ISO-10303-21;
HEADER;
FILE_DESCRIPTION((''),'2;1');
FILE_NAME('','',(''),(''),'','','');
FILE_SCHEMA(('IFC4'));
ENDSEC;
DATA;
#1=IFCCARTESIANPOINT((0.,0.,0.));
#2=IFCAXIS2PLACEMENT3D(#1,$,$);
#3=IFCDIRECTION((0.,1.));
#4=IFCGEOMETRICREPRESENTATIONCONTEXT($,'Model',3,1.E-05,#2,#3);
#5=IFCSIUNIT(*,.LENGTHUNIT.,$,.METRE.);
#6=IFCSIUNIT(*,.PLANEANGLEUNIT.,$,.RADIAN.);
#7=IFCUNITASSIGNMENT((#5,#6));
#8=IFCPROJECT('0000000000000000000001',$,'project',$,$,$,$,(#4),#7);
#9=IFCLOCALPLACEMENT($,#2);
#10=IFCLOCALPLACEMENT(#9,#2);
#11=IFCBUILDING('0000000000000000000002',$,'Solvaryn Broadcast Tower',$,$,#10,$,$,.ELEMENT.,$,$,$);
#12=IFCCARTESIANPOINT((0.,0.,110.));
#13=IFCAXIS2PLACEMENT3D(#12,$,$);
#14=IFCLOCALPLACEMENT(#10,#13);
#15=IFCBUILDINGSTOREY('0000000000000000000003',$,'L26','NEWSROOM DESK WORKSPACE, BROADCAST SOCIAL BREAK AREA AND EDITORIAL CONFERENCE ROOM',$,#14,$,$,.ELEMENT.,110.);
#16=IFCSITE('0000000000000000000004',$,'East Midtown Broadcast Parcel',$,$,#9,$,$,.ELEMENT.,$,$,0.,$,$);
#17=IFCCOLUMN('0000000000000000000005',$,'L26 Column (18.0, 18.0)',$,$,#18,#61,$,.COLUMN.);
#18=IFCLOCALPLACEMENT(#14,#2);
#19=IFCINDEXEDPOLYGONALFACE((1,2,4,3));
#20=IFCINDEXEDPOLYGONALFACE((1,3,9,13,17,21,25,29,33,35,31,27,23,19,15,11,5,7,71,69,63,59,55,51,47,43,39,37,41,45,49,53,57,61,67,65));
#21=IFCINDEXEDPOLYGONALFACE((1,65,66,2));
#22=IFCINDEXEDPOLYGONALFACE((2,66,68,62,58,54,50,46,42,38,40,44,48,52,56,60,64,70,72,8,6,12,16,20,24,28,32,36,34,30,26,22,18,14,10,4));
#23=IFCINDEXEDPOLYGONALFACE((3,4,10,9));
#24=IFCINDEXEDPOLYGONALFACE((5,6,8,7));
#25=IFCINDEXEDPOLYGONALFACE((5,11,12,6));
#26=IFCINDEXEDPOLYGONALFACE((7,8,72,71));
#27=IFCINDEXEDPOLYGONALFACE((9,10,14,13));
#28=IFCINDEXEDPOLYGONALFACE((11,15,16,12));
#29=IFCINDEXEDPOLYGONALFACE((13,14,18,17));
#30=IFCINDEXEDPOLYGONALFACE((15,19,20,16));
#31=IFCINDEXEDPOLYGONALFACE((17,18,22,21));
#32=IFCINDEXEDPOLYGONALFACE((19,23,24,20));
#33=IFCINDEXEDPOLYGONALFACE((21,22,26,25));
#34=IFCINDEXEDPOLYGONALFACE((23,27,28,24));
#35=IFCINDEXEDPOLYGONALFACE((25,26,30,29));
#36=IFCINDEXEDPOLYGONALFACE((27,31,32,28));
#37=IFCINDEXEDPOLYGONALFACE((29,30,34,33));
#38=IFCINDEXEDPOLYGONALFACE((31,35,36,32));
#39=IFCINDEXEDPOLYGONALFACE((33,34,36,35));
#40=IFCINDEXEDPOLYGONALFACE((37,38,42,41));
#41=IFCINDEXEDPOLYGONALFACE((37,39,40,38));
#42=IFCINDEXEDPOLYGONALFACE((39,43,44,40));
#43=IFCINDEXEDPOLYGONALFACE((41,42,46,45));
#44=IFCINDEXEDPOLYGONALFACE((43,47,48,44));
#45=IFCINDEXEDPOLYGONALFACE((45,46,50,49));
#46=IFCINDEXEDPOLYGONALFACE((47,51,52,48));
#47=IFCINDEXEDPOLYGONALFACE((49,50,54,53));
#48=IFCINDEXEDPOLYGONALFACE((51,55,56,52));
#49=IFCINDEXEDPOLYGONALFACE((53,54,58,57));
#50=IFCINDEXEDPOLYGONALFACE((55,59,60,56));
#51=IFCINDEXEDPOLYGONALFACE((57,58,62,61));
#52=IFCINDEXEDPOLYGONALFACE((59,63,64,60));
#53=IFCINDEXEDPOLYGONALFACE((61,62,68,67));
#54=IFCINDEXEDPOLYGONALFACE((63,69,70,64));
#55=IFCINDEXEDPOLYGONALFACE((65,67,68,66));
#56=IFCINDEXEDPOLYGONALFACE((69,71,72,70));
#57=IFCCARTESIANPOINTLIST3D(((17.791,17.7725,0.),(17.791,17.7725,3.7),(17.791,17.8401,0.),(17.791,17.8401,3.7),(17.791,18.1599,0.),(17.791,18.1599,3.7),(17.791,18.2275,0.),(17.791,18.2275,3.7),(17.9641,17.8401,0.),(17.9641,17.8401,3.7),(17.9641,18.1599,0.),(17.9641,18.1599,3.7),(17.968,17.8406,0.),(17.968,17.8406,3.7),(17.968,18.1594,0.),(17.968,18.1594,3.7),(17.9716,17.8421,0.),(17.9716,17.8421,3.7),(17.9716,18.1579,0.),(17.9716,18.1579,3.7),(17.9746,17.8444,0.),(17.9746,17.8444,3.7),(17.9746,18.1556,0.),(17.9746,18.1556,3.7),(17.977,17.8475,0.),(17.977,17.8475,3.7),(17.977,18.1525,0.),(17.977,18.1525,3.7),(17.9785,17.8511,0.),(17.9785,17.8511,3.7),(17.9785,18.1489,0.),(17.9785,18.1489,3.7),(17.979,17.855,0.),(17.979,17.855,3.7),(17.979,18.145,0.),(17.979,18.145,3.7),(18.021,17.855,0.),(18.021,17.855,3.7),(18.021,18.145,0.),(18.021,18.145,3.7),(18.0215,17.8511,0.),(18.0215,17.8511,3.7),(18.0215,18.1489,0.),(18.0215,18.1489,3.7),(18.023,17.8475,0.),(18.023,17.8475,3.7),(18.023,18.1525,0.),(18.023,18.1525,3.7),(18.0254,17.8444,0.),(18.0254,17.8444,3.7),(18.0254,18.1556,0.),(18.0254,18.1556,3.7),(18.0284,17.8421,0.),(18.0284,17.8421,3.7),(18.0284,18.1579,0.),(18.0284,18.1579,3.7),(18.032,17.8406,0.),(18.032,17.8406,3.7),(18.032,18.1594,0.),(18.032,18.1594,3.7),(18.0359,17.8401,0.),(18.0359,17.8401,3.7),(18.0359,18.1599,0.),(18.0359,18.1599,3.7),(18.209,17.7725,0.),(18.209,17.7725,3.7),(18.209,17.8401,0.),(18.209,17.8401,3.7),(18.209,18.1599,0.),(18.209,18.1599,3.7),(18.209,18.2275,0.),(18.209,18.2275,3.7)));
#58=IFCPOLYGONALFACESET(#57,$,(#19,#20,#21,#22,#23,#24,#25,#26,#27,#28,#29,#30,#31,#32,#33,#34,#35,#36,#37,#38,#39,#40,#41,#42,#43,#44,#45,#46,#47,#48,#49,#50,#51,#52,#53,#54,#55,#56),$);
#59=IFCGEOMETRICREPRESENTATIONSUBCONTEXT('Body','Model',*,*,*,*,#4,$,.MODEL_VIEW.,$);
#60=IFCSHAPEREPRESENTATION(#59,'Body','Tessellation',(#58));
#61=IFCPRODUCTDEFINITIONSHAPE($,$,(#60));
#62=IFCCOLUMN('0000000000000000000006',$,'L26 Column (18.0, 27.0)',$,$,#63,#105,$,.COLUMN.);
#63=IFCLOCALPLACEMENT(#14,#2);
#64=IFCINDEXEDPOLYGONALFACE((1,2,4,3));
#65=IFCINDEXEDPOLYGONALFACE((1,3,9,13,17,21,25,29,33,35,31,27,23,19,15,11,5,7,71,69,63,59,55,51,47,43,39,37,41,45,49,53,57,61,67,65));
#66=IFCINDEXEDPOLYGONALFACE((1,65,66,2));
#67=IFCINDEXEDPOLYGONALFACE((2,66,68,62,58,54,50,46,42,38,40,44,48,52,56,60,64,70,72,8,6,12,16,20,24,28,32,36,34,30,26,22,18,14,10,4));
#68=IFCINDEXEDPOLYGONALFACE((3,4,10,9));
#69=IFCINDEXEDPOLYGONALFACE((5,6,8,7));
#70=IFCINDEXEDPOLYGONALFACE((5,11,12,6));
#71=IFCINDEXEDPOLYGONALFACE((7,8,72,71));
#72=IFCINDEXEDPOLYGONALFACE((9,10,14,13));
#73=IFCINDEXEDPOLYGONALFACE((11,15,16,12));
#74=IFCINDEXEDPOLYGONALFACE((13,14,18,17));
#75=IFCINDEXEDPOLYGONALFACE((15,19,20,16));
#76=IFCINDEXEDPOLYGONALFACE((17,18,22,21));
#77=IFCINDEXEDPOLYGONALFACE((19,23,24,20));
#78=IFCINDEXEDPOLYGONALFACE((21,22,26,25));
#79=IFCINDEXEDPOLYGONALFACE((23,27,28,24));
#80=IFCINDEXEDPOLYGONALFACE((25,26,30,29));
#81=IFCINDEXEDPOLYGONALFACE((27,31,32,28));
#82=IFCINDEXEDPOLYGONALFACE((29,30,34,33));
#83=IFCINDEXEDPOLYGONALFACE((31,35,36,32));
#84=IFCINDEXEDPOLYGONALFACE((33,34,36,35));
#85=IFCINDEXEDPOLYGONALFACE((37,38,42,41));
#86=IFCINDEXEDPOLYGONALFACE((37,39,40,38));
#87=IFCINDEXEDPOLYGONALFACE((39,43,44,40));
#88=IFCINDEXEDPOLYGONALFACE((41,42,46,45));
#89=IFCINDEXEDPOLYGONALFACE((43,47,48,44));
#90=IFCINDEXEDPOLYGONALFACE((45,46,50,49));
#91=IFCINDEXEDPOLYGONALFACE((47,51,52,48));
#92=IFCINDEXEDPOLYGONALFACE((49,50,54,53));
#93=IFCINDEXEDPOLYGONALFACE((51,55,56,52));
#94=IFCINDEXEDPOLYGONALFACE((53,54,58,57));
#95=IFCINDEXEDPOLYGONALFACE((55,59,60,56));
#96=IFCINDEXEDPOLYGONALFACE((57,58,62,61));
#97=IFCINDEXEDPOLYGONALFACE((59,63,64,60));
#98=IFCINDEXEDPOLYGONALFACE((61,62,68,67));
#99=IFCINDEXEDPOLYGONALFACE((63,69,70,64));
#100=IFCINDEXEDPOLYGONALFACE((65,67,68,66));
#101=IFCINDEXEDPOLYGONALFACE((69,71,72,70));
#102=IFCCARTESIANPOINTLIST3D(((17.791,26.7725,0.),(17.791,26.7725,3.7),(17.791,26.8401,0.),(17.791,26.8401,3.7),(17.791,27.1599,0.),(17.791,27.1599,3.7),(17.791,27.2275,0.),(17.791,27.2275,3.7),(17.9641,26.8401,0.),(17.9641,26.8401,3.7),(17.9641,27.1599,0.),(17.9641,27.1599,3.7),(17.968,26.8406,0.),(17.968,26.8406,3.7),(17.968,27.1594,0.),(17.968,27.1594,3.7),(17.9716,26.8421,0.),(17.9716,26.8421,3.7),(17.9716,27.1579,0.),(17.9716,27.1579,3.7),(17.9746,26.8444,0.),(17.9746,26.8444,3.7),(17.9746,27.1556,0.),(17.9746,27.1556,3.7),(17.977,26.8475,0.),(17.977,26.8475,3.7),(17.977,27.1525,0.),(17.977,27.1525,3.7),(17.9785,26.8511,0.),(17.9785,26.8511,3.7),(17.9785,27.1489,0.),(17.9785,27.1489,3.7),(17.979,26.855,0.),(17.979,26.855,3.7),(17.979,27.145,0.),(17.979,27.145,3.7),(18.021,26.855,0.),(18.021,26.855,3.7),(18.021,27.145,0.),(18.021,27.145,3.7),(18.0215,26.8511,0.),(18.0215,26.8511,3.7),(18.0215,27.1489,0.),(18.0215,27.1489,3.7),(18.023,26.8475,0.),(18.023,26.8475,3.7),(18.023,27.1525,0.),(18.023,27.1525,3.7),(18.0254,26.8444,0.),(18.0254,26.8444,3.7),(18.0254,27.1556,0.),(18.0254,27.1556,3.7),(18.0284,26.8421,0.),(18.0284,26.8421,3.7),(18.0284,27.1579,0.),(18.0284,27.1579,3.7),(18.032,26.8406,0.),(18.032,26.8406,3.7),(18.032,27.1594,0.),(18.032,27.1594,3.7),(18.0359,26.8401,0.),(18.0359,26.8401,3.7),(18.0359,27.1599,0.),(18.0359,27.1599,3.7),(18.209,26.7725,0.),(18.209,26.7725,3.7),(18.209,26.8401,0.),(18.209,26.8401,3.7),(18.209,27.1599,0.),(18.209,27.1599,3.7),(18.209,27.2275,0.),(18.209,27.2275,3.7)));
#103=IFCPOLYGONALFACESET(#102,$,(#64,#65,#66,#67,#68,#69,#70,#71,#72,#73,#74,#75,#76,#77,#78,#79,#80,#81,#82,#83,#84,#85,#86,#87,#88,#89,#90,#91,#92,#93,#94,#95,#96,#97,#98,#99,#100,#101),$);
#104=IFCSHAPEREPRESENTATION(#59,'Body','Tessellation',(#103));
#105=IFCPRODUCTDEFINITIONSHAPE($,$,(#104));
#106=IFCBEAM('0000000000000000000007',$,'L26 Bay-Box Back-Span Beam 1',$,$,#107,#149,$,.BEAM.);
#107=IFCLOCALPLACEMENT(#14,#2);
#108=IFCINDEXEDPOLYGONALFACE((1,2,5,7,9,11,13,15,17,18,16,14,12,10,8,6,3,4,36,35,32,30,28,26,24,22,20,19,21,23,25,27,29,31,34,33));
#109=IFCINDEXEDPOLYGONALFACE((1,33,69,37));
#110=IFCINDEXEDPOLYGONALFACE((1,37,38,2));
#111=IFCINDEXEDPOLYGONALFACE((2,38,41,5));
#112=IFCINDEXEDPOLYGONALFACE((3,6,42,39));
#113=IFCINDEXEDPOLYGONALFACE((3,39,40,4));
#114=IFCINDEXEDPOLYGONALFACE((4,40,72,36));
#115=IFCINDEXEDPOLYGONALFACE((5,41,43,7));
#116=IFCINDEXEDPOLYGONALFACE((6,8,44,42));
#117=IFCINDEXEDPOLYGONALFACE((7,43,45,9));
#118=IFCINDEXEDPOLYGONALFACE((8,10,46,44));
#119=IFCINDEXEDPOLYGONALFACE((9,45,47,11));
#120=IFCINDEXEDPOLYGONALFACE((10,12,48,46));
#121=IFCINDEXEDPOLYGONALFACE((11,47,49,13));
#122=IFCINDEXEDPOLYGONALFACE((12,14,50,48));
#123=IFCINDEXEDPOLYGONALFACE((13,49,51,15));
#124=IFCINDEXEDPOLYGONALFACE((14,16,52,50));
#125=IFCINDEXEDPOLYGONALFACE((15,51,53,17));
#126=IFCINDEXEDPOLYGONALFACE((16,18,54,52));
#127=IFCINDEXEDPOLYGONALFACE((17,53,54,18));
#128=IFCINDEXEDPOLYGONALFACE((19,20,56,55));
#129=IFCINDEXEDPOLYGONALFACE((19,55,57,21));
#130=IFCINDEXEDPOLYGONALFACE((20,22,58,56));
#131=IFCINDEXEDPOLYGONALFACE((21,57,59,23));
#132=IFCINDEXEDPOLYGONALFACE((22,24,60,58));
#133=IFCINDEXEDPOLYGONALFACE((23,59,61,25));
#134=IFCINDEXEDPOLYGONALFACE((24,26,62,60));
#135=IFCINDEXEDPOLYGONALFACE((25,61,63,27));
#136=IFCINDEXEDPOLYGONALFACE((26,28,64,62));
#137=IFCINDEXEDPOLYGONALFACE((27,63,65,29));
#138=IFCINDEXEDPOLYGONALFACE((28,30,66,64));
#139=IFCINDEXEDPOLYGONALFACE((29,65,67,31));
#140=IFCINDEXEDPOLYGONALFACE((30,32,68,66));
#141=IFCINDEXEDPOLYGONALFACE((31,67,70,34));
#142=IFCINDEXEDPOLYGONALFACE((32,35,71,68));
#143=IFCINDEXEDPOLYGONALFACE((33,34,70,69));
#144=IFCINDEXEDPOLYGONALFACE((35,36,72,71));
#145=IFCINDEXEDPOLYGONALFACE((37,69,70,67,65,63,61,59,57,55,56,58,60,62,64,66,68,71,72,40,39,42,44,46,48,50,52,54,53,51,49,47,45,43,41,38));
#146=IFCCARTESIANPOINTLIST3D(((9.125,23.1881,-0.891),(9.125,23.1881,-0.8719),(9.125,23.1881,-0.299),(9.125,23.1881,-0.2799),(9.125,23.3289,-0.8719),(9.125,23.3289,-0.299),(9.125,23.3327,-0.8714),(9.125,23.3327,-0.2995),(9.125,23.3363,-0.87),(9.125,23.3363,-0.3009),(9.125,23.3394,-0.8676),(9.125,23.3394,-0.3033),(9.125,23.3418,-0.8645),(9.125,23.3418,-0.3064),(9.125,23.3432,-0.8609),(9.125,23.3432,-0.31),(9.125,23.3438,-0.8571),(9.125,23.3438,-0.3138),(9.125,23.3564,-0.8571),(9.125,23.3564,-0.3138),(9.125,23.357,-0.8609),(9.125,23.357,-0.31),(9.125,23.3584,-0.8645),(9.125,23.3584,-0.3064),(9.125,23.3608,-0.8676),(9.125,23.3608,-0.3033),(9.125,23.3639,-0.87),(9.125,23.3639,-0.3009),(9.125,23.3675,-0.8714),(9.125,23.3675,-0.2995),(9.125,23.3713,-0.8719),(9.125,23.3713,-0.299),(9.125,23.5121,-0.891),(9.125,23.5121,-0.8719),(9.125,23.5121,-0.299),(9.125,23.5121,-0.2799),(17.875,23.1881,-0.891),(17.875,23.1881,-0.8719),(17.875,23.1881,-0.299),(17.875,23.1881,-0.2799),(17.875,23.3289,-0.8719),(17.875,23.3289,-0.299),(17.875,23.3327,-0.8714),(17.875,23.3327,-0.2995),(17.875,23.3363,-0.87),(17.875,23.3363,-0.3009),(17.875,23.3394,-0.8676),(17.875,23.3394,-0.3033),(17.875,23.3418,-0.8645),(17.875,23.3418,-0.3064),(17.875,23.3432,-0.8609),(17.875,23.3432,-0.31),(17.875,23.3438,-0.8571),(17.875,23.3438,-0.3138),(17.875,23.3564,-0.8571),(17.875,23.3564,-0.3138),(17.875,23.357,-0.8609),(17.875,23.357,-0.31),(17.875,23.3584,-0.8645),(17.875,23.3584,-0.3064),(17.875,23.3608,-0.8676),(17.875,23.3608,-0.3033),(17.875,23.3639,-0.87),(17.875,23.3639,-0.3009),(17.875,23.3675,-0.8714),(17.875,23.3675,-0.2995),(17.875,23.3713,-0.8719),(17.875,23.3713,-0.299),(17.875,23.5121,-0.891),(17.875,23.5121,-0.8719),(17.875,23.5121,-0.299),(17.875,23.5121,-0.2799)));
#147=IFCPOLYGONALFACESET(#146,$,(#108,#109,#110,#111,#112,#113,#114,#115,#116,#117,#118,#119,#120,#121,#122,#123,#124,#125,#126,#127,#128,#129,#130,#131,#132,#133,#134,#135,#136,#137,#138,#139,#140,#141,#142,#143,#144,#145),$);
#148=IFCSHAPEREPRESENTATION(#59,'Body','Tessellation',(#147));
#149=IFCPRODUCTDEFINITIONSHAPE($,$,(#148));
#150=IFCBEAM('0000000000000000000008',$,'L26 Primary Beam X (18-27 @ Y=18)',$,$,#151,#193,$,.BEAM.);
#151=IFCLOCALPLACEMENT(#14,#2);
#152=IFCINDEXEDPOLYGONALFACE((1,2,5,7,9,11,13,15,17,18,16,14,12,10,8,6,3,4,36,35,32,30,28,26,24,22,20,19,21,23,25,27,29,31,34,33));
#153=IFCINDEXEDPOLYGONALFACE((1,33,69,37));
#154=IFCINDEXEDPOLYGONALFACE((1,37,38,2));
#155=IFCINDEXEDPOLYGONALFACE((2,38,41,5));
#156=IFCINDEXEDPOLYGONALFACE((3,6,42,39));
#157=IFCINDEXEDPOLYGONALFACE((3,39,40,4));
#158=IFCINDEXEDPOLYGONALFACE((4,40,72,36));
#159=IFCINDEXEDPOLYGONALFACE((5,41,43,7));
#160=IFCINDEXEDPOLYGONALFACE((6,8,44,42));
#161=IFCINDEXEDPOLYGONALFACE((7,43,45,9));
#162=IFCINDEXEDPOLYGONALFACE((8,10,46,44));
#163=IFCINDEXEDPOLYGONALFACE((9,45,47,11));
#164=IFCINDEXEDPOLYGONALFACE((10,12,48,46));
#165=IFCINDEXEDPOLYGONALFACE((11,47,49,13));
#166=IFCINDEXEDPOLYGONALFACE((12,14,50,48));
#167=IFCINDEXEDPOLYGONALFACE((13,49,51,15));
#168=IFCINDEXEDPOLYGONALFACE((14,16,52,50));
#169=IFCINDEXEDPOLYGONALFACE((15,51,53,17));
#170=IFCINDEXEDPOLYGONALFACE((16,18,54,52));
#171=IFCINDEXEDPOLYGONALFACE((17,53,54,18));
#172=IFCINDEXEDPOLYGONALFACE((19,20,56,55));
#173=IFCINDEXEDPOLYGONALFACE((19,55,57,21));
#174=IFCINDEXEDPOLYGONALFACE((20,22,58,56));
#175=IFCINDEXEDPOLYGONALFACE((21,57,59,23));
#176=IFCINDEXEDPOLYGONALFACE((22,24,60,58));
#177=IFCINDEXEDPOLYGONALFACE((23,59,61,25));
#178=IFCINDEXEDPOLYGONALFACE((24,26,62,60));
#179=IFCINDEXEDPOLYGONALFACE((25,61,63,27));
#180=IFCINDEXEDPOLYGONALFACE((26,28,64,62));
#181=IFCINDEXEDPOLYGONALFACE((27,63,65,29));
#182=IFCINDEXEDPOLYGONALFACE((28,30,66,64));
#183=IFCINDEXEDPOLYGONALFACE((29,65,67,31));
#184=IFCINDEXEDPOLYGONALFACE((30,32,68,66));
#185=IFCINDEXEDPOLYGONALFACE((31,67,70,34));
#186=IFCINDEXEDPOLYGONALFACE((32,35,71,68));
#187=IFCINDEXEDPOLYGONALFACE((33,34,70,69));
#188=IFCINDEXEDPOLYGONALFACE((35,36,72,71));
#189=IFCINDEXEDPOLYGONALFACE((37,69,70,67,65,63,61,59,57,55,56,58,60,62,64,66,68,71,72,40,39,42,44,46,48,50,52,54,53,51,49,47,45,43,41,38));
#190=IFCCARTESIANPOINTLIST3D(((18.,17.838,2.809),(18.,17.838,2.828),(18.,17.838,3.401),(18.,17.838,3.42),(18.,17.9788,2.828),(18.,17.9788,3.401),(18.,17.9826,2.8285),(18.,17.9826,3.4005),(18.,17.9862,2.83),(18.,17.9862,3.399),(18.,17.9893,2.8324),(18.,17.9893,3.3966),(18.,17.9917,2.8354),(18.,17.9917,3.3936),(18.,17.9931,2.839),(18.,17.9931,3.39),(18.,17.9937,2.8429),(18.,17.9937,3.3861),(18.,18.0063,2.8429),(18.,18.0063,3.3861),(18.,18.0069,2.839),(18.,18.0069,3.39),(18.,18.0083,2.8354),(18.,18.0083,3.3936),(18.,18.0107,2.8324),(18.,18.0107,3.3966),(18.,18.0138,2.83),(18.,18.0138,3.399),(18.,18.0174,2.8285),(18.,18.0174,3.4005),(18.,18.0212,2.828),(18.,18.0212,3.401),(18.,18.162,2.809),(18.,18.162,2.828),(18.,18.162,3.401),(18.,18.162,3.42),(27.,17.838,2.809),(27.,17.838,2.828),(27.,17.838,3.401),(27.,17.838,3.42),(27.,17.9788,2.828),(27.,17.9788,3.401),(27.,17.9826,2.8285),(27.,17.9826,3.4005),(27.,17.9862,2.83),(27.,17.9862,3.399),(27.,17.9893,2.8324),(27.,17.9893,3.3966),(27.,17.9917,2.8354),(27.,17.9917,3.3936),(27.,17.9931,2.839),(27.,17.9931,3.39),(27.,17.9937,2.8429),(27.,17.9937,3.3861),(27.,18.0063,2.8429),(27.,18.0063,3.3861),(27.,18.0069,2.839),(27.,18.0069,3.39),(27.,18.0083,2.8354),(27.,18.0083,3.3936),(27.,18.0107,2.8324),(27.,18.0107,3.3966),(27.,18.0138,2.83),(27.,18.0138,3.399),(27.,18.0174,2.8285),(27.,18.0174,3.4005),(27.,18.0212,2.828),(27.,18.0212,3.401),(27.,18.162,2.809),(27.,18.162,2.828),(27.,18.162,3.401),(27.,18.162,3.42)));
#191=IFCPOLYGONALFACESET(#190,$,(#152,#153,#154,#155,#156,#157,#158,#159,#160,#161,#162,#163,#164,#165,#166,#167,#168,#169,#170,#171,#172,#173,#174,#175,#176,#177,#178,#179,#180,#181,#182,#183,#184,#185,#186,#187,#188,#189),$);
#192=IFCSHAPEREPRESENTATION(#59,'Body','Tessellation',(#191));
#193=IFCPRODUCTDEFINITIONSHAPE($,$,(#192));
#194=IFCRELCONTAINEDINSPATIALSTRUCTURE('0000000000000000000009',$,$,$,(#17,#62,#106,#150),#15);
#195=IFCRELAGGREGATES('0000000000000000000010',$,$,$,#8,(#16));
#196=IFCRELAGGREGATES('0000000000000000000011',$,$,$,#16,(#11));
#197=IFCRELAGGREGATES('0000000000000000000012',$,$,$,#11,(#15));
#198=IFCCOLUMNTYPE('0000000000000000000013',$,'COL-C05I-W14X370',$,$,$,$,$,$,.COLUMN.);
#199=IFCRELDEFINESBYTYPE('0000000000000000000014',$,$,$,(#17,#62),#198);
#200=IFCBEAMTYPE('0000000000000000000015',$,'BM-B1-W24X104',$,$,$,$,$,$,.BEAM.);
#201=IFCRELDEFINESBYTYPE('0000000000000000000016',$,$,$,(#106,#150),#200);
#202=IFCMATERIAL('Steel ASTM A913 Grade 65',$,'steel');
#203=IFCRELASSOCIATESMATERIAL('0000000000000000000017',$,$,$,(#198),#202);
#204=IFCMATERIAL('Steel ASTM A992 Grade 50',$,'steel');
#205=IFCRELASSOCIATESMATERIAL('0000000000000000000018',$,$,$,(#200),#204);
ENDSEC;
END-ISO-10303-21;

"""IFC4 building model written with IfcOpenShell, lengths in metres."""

from ifc_helpers import new_model, si_unit, direction, frame, origin, origin_2d, place, context, subcontext, project, spatial, i_section, extrude, material, material_profile, profile_set, type_object, element, save


model = new_model("IFC4")

# Units and contexts
model_context = context("Model", 3, precision=1e-05, world=origin(), true_north=direction((0.0, 1.0)))
body_context = subcontext(model_context, "Body", "Model", "MODEL_VIEW")
ifc_project = project(units=[si_unit("LENGTHUNIT", "METRE"), si_unit("PLANEANGLEUNIT", "RADIAN")], contexts=[model_context])

# Site, building, storey
site_placement = place(None, origin())
site = spatial("IfcSite", under=ifc_project, at=site_placement, Name="East Midtown Broadcast Parcel", CompositionType="ELEMENT", RefElevation=0.0)
building_placement = place(site_placement, origin())
building = spatial("IfcBuilding", under=site, at=building_placement, Name="Solvaryn Broadcast Tower", CompositionType="ELEMENT")
storey_placement = place(building_placement, frame((0.0, 0.0, 110.0)))
storey = spatial("IfcBuildingStorey", under=building, at=storey_placement, Name="L26", Description="NEWSROOM DESK WORKSPACE, BROADCAST SOCIAL BREAK AREA AND EDITORIAL CONFERENCE ROOM", CompositionType="ELEMENT", Elevation=110.0)

# Columns
ifc_material_1 = material(Name="Steel ASTM A913 Grade 65", Category="steel")
ifc_material_profile_1 = material_profile(ifc_material_1, i_section(OverallWidth=0.418, OverallDepth=0.4551, WebThickness=0.042, FlangeThickness=0.0676, FilletRadius=0.0149, at=origin_2d()))
ifc_profile_set_1 = profile_set([ifc_material_profile_1], Name="Steel ASTM A913 Grade 65")
column_type = type_object("IfcColumnType", Name="COL-C05I-W14X370", PredefinedType="COLUMN", material=ifc_profile_set_1)
for number, where, z_axis, x_axis, name in (
    (1, (18.0, 18.0, 0.0), (0.0, 0.0, 1.0), (1.0, 0.0, 0.0), "L26 Column (18.0, 18.0)"),
    (2, (18.0, 27.0, 0.0), (0.0, 0.0, 1.0), (1.0, 0.0, 0.0), "L26 Column (18.0, 27.0)"),
):
    element("IfcColumn", number, at=place(storey_placement, frame(where, z_axis=z_axis, x_axis=x_axis)), inside=storey, type_object=column_type, Name=name, PredefinedType="COLUMN", context=body_context, shape_type="SweptSolid", body=[
        extrude(i_section(OverallWidth=0.418, OverallDepth=0.4551, WebThickness=0.042, FlangeThickness=0.0676, FilletRadius=0.0149, at=origin_2d()), origin(), (0.0, 0.0, 1.0), 3.7),
    ])

# Beams
ifc_material_2 = material(Name="Steel ASTM A992 Grade 50", Category="steel")
ifc_material_profile_2 = material_profile(ifc_material_2, i_section(OverallWidth=0.324, OverallDepth=0.6111, WebThickness=0.0127, FlangeThickness=0.019, FilletRadius=0.0149, at=origin_2d()))
ifc_profile_set_2 = profile_set([ifc_material_profile_2], Name="Steel ASTM A992 Grade 50")
beam_type_1 = type_object("IfcBeamType", Name="BM-B1-W24X104", PredefinedType="BEAM", material=ifc_profile_set_2)
beam_1_placement = place(storey_placement, frame((17.875, 23.3501, -0.5854), z_axis=(-1.0, 0.0, 0.0), x_axis=(0.0, -1.0, 0.0)))
element("IfcBeam", 3, at=beam_1_placement, inside=storey, type_object=beam_type_1, Name="L26 Bay-Box Back-Span Beam 1", PredefinedType="BEAM", context=body_context, shape_type="SweptSolid", body=[
    extrude(i_section(OverallWidth=0.324, OverallDepth=0.6111, WebThickness=0.0127, FlangeThickness=0.019, FilletRadius=0.0149, at=origin_2d()), origin(), (0.0, 0.0, 1.0), 8.75),
])
for number, where, z_axis, x_axis, name in (
    (4, (18.0, 18.0, 3.1145), (1.0, 0.0, 0.0), (0.0, 1.0, 0.0), "L26 Primary Beam X (18-27 @ Y=18)"),
):
    element("IfcBeam", number, at=place(storey_placement, frame(where, z_axis=z_axis, x_axis=x_axis)), inside=storey, type_object=beam_type_1, Name=name, PredefinedType="BEAM", context=body_context, shape_type="SweptSolid", body=[
        extrude(i_section(OverallWidth=0.324, OverallDepth=0.6111, WebThickness=0.0127, FlangeThickness=0.019, FilletRadius=0.0149, at=origin_2d()), origin(), (0.0, 0.0, 1.0), 9.0),
    ])

save(model, "model.ifc")
